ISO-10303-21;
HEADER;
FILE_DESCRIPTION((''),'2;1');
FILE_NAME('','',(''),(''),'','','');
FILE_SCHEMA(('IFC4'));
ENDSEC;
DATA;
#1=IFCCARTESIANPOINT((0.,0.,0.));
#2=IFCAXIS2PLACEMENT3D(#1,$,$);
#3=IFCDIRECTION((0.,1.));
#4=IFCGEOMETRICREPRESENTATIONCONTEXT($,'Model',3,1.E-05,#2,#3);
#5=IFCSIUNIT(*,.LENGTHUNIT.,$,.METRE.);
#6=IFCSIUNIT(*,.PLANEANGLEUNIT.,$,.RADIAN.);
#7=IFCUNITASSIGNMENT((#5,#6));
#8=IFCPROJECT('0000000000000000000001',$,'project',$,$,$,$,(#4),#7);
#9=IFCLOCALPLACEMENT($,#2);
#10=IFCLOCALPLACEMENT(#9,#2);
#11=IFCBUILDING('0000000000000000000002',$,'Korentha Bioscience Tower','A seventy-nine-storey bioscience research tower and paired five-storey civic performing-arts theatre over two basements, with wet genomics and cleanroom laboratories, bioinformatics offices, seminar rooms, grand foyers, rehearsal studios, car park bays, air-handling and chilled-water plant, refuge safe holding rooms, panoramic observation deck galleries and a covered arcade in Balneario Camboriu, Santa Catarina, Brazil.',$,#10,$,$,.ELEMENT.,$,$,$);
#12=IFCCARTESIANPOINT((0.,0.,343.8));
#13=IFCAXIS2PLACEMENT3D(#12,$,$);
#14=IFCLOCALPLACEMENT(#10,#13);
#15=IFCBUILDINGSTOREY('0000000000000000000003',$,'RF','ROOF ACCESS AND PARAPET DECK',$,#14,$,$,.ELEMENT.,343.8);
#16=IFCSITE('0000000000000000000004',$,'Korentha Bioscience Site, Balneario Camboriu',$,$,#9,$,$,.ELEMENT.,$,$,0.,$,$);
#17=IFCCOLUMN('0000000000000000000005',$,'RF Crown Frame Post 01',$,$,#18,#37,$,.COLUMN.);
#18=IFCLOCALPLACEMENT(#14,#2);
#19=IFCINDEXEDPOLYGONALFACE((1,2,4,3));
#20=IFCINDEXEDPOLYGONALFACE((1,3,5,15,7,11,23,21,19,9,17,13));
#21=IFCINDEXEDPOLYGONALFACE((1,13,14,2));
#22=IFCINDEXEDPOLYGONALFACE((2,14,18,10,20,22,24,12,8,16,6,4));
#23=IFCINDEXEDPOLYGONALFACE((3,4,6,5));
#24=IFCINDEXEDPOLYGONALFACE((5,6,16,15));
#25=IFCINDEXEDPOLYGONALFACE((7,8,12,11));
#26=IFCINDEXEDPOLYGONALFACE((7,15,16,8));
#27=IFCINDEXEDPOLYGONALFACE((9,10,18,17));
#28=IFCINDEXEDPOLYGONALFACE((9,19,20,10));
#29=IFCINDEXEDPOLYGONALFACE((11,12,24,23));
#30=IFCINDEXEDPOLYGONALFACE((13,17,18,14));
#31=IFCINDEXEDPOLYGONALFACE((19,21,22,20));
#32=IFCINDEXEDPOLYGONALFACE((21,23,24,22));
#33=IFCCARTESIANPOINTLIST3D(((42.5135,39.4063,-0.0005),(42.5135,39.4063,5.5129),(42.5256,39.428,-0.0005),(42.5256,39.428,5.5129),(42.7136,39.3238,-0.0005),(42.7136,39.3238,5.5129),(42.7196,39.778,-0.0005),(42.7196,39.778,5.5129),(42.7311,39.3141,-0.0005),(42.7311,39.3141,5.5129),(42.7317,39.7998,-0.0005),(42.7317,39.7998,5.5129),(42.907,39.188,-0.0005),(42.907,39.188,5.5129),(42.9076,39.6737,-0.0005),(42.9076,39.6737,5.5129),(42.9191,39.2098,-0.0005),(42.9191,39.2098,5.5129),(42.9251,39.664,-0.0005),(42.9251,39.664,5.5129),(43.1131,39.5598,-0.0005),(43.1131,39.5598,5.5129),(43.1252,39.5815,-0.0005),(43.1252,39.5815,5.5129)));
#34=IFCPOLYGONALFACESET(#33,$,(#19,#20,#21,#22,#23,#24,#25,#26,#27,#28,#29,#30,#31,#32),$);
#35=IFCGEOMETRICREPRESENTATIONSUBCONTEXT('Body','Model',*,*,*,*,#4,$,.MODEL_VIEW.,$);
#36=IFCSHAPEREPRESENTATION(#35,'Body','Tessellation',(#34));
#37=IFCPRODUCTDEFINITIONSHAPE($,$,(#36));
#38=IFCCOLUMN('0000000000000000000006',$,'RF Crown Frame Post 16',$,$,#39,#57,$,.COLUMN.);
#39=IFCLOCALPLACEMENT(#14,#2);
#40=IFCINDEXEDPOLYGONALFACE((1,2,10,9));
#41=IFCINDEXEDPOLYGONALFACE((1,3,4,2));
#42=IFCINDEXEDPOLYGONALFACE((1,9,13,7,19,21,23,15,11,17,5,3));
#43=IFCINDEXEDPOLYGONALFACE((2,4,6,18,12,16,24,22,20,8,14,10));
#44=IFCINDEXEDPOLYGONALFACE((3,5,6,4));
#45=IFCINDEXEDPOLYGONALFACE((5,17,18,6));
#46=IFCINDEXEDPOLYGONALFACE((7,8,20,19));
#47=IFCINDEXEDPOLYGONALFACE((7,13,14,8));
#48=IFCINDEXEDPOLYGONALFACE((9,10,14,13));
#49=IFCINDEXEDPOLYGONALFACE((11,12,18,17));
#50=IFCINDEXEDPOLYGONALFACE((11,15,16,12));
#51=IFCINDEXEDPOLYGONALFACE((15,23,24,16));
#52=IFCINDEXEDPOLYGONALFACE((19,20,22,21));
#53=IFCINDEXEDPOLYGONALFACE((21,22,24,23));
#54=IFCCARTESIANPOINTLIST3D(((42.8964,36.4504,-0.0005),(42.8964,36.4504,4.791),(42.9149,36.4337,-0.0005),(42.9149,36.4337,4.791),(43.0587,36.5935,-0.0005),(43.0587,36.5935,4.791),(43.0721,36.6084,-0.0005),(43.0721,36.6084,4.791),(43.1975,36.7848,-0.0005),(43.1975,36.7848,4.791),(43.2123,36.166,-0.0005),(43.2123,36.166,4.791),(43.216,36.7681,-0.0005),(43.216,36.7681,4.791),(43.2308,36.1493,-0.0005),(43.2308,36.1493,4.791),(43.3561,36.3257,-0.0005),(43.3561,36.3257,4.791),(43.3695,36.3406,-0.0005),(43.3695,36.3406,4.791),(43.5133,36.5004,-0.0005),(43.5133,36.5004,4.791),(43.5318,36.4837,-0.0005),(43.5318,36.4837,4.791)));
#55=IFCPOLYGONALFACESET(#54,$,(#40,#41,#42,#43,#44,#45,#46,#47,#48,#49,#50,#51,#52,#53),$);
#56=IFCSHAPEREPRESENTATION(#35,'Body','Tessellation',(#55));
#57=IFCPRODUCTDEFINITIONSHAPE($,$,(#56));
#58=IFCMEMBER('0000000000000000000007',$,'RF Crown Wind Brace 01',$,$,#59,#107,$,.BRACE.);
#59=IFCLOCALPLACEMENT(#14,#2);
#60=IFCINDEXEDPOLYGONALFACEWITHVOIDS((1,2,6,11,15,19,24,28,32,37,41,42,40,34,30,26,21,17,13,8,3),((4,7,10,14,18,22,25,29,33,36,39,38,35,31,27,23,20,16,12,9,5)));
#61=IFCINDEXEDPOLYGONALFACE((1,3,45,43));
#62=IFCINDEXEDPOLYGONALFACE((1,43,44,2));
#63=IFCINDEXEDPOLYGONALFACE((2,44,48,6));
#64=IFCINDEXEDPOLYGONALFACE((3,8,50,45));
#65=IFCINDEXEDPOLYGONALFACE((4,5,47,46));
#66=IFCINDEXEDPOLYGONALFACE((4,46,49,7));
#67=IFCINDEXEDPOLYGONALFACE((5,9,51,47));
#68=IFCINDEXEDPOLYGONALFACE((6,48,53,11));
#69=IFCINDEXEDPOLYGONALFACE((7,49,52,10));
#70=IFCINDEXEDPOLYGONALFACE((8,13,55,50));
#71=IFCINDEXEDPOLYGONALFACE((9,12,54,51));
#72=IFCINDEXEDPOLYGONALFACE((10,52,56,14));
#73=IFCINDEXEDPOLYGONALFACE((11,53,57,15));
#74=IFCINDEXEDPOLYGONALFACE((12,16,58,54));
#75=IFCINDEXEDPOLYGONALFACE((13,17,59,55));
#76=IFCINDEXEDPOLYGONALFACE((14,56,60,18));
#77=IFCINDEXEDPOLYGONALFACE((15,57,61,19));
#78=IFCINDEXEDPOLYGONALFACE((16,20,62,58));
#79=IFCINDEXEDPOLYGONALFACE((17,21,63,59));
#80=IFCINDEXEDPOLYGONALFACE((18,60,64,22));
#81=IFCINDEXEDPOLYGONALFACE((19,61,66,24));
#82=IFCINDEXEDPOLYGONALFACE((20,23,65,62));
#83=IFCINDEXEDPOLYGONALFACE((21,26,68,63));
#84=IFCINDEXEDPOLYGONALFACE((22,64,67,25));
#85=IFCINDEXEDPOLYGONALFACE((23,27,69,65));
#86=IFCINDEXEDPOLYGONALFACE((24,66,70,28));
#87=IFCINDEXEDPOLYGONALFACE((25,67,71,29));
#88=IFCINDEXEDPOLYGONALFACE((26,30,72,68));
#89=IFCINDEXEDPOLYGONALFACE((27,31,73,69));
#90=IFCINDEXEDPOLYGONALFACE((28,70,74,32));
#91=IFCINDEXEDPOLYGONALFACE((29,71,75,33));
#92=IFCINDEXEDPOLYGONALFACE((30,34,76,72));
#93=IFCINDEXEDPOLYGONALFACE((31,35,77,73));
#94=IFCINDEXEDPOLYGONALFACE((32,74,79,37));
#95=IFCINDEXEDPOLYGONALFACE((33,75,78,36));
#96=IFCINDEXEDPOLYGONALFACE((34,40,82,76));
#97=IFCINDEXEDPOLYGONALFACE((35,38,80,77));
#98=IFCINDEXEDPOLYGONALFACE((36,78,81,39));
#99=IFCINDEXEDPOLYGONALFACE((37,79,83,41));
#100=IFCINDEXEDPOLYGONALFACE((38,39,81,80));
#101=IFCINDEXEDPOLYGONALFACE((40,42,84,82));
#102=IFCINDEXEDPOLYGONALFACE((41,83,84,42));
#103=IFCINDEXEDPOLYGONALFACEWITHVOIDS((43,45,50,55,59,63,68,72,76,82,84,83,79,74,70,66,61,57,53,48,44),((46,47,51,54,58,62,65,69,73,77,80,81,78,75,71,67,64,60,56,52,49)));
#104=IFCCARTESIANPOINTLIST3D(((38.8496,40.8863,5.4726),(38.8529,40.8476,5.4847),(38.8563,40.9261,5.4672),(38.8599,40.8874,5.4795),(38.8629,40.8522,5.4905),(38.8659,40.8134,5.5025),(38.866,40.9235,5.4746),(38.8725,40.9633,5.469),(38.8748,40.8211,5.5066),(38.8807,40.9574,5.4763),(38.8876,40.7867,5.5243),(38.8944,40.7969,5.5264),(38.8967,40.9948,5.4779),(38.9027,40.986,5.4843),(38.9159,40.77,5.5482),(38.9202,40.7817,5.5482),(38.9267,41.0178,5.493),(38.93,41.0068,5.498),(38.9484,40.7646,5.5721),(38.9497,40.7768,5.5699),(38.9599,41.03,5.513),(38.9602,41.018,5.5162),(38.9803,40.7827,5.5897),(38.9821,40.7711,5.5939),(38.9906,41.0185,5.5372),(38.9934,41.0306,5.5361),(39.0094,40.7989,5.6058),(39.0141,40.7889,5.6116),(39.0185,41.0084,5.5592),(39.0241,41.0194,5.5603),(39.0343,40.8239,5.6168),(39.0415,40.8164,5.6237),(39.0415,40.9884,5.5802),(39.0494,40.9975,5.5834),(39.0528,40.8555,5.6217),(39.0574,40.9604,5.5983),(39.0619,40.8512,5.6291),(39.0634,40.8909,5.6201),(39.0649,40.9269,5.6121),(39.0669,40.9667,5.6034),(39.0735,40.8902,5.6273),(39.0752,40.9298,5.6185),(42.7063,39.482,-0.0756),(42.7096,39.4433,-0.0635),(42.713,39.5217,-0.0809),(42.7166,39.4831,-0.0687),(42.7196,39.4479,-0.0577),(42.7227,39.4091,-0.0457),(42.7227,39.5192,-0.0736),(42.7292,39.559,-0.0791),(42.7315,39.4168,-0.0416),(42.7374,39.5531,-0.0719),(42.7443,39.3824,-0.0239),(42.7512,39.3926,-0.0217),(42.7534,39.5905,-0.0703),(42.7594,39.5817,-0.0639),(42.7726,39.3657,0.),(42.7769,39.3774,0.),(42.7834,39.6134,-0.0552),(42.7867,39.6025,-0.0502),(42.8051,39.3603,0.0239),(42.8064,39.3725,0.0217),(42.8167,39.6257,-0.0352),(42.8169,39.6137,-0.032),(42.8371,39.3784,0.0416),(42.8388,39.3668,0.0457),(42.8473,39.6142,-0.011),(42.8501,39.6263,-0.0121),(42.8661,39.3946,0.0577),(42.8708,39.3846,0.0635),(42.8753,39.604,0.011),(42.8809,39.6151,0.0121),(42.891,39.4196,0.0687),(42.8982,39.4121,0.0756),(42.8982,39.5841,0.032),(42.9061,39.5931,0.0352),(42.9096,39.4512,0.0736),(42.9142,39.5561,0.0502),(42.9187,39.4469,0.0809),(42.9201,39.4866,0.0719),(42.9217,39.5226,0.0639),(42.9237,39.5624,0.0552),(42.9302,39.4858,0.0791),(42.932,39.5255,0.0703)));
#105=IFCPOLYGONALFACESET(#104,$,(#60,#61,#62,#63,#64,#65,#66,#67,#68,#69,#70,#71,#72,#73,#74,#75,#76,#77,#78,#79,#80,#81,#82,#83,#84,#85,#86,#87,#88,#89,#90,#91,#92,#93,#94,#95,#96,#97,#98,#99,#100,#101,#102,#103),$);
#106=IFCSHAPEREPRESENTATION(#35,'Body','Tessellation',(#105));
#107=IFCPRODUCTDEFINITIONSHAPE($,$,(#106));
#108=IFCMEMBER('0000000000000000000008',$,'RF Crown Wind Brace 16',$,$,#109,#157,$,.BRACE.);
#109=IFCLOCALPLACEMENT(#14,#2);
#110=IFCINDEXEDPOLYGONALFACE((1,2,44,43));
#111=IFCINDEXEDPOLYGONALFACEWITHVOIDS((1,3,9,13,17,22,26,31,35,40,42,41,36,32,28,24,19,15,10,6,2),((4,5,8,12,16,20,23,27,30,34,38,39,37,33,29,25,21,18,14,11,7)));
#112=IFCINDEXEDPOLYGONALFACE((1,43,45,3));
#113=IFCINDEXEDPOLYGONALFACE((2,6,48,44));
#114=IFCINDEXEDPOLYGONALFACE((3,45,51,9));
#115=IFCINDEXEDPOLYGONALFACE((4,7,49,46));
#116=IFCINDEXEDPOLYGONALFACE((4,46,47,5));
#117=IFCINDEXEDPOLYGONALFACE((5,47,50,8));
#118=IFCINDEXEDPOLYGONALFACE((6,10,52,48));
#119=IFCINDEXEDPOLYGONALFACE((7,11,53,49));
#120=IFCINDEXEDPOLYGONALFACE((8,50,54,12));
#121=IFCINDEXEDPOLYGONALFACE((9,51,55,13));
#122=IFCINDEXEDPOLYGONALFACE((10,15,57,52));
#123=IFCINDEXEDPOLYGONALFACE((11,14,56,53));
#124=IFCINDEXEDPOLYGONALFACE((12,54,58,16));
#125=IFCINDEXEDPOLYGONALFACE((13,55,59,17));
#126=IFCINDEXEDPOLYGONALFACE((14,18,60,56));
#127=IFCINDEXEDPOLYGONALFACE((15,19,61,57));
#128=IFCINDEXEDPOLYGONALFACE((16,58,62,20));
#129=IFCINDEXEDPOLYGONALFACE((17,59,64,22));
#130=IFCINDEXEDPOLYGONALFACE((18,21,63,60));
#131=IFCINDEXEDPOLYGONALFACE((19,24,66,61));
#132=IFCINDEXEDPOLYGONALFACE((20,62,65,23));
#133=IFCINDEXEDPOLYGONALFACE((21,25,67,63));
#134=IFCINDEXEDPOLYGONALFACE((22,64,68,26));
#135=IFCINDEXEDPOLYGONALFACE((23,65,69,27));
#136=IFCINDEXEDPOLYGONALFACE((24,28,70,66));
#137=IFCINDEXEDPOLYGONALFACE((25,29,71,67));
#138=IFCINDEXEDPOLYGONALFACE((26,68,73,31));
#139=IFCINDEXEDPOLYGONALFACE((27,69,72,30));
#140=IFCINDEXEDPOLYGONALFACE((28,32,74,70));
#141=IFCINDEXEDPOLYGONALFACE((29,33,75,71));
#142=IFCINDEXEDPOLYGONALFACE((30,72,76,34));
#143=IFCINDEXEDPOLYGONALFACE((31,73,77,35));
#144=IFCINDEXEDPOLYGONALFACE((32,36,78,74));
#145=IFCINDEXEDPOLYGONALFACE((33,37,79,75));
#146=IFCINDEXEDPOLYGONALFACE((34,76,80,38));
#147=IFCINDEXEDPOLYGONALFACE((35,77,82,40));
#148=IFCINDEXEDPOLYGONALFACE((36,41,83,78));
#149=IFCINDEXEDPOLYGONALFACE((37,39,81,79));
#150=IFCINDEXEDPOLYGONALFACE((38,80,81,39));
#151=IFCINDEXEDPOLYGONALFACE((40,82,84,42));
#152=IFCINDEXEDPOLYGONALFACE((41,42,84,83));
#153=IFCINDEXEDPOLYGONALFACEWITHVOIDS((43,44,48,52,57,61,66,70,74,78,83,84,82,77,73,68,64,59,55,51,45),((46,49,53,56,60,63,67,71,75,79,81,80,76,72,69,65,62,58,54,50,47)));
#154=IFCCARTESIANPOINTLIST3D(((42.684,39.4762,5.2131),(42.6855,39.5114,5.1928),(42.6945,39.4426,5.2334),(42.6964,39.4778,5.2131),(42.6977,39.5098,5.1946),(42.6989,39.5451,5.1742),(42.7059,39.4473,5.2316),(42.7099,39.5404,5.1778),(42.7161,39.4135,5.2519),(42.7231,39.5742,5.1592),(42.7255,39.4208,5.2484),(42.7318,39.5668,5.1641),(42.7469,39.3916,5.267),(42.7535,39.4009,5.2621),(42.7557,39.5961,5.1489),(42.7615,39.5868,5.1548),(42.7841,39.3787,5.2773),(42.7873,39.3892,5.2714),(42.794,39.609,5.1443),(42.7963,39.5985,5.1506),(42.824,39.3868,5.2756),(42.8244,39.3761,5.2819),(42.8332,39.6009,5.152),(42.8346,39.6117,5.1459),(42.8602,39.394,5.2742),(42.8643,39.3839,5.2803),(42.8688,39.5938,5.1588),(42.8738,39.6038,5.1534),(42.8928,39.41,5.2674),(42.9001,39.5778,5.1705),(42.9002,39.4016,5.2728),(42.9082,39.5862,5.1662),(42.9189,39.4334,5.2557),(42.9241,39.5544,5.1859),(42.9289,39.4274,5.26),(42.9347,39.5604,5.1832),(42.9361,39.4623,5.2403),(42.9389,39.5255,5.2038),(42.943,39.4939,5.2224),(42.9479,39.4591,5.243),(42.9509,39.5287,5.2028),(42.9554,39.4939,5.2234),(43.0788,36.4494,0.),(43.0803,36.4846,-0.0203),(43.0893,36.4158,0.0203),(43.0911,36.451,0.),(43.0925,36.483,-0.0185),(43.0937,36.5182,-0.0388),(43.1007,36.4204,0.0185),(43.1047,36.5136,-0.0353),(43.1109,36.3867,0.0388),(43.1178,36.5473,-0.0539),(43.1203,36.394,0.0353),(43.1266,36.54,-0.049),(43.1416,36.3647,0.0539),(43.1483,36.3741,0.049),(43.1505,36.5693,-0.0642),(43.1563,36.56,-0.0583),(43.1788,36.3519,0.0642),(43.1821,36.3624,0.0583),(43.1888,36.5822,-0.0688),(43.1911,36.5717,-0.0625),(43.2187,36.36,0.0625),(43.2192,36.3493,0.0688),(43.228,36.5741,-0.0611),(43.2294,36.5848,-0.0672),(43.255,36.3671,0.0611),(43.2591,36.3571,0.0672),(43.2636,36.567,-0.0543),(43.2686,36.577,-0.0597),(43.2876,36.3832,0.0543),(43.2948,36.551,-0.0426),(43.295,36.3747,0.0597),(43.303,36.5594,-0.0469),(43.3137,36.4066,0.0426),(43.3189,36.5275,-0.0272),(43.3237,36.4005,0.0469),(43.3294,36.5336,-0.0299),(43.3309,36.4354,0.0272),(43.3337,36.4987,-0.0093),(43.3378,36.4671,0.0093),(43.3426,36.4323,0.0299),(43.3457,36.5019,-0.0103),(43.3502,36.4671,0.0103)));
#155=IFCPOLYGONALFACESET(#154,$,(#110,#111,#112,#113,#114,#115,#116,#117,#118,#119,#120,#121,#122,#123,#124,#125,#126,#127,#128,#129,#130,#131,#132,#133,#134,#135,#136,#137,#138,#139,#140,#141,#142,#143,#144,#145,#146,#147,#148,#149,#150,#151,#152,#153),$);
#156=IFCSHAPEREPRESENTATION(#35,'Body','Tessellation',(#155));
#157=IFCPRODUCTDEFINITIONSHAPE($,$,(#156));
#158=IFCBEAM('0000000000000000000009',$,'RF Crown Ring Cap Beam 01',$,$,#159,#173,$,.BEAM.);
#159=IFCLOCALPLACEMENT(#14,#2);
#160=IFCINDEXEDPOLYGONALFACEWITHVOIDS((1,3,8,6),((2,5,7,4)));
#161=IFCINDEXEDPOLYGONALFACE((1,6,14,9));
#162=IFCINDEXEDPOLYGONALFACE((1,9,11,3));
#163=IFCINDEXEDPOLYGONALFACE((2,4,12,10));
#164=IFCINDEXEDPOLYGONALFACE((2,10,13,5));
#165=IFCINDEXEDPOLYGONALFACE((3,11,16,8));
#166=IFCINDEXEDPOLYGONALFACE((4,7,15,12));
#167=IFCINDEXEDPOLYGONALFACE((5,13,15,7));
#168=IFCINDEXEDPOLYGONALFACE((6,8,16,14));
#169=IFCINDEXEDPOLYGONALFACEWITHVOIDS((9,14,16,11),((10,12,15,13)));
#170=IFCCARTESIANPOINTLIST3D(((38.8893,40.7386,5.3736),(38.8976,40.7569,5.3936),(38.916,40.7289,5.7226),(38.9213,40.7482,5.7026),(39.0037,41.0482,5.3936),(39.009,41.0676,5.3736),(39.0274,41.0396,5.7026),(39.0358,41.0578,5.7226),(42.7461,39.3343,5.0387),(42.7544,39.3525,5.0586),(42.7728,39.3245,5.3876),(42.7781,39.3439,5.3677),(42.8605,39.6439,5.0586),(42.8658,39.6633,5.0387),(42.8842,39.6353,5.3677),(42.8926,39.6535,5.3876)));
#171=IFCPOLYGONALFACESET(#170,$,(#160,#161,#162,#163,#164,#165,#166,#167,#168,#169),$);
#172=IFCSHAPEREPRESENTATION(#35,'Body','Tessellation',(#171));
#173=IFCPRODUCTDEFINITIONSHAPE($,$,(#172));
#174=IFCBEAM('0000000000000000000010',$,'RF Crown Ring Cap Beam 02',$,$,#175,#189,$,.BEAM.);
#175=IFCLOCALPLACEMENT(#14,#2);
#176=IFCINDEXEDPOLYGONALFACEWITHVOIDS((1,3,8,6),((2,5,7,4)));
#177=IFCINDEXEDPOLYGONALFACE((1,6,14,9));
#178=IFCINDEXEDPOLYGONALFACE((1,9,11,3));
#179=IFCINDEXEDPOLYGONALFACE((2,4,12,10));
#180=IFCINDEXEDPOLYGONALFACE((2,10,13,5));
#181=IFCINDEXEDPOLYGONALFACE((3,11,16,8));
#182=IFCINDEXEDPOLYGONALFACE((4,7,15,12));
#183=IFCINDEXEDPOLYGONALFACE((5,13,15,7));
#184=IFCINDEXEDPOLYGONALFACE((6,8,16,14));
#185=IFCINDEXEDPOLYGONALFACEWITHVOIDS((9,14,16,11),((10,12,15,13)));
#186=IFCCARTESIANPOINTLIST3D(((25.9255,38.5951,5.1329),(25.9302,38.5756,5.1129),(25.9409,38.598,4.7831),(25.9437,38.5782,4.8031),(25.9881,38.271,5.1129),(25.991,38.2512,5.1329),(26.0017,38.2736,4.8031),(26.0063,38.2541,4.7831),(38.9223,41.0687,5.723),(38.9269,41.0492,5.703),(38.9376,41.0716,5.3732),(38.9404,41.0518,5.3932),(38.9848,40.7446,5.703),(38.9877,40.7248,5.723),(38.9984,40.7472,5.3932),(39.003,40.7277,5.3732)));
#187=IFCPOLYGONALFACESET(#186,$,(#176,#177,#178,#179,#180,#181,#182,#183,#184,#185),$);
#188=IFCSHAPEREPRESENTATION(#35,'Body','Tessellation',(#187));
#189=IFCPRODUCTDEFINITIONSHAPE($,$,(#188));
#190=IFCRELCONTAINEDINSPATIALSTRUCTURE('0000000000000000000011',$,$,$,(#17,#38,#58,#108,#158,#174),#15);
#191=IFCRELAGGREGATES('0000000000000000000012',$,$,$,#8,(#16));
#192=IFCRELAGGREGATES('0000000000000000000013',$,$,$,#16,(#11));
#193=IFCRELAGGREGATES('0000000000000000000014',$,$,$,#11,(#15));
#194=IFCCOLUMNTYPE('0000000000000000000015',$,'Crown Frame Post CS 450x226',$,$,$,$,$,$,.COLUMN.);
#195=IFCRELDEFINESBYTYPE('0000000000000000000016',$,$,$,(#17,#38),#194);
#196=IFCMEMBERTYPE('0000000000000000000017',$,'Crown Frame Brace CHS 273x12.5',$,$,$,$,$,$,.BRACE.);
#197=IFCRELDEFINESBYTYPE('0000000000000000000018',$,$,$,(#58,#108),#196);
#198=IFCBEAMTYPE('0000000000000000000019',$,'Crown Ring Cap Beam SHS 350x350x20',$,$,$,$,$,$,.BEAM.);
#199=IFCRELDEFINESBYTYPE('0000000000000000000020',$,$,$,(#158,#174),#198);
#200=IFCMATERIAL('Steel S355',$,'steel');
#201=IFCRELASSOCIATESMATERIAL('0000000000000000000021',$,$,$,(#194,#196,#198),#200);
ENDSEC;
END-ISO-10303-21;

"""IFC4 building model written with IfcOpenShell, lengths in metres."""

from ifc_helpers import new_model, si_unit, direction, frame, origin, origin_2d, place, context, subcontext, project, spatial, hollow_rectangle, hollow_circle, i_section, extrude, material, material_profile, profile_set, type_object, element, save


model = new_model("IFC4")

# Units and contexts
model_context = context("Model", 3, precision=1e-05, world=origin(), true_north=direction((0.0, 1.0)))
body_context = subcontext(model_context, "Body", "Model", "MODEL_VIEW")
ifc_project = project(units=[si_unit("LENGTHUNIT", "METRE"), si_unit("PLANEANGLEUNIT", "RADIAN")], contexts=[model_context])

# Site, building, storey
site_placement = place(None, origin())
site = spatial("IfcSite", under=ifc_project, at=site_placement, Name="Korentha Bioscience Site, Balneario Camboriu", CompositionType="ELEMENT", RefElevation=0.0)
building_placement = place(site_placement, origin())
building = spatial("IfcBuilding", under=site, at=building_placement, Name="Korentha Bioscience Tower", Description="A seventy-nine-storey bioscience research tower and paired five-storey civic performing-arts theatre over two basements, with wet genomics and cleanroom laboratories, bioinformatics offices, seminar rooms, grand foyers, rehearsal studios, car park bays, air-handling and chilled-water plant, refuge safe holding rooms, panoramic observation deck galleries and a covered arcade in Balneario Camboriu, Santa Catarina, Brazil.", CompositionType="ELEMENT")
storey_placement = place(building_placement, frame((0.0, 0.0, 343.8)))
storey = spatial("IfcBuildingStorey", under=building, at=storey_placement, Name="RF", Description="ROOF ACCESS AND PARAPET DECK", CompositionType="ELEMENT", Elevation=343.8)

# Columns
ifc_material_1 = material(Name="Steel S355", Category="steel")
ifc_material_profile_1 = material_profile(ifc_material_1, i_section(OverallWidth=0.45, OverallDepth=0.45, WebThickness=0.02, FlangeThickness=0.0249, at=origin_2d()), Name="Steel S355")
ifc_profile_set_1 = profile_set([ifc_material_profile_1], Name="Steel S355 (CF-C1)")
column_type = type_object("IfcColumnType", Name="Crown Frame Post CS 450x226", PredefinedType="COLUMN", material=ifc_profile_set_1)
column_1_placement = place(storey_placement, frame((42.8193, 39.4939, -0.0005), z_axis=(0.0, 0.0, 1.0), x_axis=(-0.874535, 0.484962, 0.0)))
element("IfcColumn", 1, at=column_1_placement, inside=storey, type_object=column_type, Name="RF Crown Frame Post 01", PredefinedType="COLUMN", context=body_context, shape_type="SweptSolid", body=[
    extrude(i_section(OverallWidth=0.45, OverallDepth=0.45, WebThickness=0.02, FlangeThickness=0.0249, at=origin_2d()), origin(), (0.0, 0.0, 1.0), 5.5134),
])
column_2_placement = place(storey_placement, frame((43.2141, 36.467, -0.0005), z_axis=(0.0, 0.0, 1.0), x_axis=(0.669131, 0.743145, 0.0)))
element("IfcColumn", 2, at=column_2_placement, inside=storey, type_object=column_type, Name="RF Crown Frame Post 16", PredefinedType="COLUMN", context=body_context, shape_type="SweptSolid", body=[
    extrude(i_section(OverallWidth=0.45, OverallDepth=0.45, WebThickness=0.02, FlangeThickness=0.0249, at=origin_2d()), origin(), (0.0, 0.0, 1.0), 4.7915),
])

# Members
ifc_material_profile_2 = material_profile(ifc_material_1, hollow_circle(Radius=0.1365, WallThickness=0.0125, at=origin_2d()), Name="Steel S355")
ifc_profile_set_2 = profile_set([ifc_material_profile_2], Name="Steel S355 (CF-BR273)")
member_type_1 = type_object("IfcMemberType", Name="Crown Frame Brace CHS 273x12.5", PredefinedType="BRACE", material=ifc_profile_set_2)
member_1_placement = place(storey_placement, frame((42.8193, 39.4939, 0.0), z_axis=(-0.558838, 0.203484, 0.803924), x_axis=(-0.342144, -0.939647, 0.0)))
element("IfcMember", 3, at=member_1_placement, inside=storey, type_object=member_type_1, Name="RF Crown Wind Brace 01", PredefinedType="BRACE", context=body_context, shape_type="SweptSolid", body=[
    extrude(hollow_circle(Radius=0.1365, WallThickness=0.0125, at=origin_2d()), origin(), (0.0, 0.0, 1.0), 6.9014),
])
member_2_placement = place(storey_placement, frame((43.2141, 36.467, 0.0), z_axis=(-0.065349, 0.501047, 0.86295), x_axis=(-0.991602, -0.129329, 0.0)))
element("IfcMember", 4, at=member_2_placement, inside=storey, type_object=member_type_1, Name="RF Crown Wind Brace 16", PredefinedType="BRACE", context=body_context, shape_type="SweptSolid", body=[
    extrude(hollow_circle(Radius=0.1365, WallThickness=0.0125, at=origin_2d()), origin(), (0.0, 0.0, 1.0), 6.041),
])

# Beams
ifc_material_profile_3 = material_profile(ifc_material_1, hollow_rectangle(XDim=0.3501, YDim=0.3501, WallThickness=0.02, at=origin_2d()), Name="Steel S355")
ifc_profile_set_3 = profile_set([ifc_material_profile_3], Name="Steel S355 (CF-RB1)")
beam_type = type_object("IfcBeamType", Name="Crown Ring Cap Beam SHS 350x350x20", PredefinedType="BEAM", material=ifc_profile_set_3)
beam_1_placement = place(storey_placement, frame((42.8193, 39.4939, 5.2131), z_axis=(-0.936534, 0.34101, 0.08134), x_axis=(-0.342144, -0.939647, 0.0)))
element("IfcBeam", 5, at=beam_1_placement, inside=storey, type_object=beam_type, Name="RF Crown Ring Cap Beam 01", PredefinedType="BEAM", context=body_context, shape_type="SweptSolid", body=[
    extrude(hollow_rectangle(XDim=0.3501, YDim=0.3501, WallThickness=0.02, at=origin_2d()), origin(), (0.0, 0.0, 1.0), 4.1182),
])
beam_2_placement = place(storey_placement, frame((38.9626, 40.8982, 5.5481), z_axis=(-0.98139, -0.186784, -0.044558), x_axis=(0.18697, -0.982366, 0.0)))
element("IfcBeam", 6, at=beam_2_placement, inside=storey, type_object=beam_type, Name="RF Crown Ring Cap Beam 02", PredefinedType="BEAM", context=body_context, shape_type="SweptSolid", body=[
    extrude(hollow_rectangle(XDim=0.3501, YDim=0.3501, WallThickness=0.02, at=origin_2d()), origin(), (0.0, 0.0, 1.0), 13.2432),
])

save(model, "model.ifc")
